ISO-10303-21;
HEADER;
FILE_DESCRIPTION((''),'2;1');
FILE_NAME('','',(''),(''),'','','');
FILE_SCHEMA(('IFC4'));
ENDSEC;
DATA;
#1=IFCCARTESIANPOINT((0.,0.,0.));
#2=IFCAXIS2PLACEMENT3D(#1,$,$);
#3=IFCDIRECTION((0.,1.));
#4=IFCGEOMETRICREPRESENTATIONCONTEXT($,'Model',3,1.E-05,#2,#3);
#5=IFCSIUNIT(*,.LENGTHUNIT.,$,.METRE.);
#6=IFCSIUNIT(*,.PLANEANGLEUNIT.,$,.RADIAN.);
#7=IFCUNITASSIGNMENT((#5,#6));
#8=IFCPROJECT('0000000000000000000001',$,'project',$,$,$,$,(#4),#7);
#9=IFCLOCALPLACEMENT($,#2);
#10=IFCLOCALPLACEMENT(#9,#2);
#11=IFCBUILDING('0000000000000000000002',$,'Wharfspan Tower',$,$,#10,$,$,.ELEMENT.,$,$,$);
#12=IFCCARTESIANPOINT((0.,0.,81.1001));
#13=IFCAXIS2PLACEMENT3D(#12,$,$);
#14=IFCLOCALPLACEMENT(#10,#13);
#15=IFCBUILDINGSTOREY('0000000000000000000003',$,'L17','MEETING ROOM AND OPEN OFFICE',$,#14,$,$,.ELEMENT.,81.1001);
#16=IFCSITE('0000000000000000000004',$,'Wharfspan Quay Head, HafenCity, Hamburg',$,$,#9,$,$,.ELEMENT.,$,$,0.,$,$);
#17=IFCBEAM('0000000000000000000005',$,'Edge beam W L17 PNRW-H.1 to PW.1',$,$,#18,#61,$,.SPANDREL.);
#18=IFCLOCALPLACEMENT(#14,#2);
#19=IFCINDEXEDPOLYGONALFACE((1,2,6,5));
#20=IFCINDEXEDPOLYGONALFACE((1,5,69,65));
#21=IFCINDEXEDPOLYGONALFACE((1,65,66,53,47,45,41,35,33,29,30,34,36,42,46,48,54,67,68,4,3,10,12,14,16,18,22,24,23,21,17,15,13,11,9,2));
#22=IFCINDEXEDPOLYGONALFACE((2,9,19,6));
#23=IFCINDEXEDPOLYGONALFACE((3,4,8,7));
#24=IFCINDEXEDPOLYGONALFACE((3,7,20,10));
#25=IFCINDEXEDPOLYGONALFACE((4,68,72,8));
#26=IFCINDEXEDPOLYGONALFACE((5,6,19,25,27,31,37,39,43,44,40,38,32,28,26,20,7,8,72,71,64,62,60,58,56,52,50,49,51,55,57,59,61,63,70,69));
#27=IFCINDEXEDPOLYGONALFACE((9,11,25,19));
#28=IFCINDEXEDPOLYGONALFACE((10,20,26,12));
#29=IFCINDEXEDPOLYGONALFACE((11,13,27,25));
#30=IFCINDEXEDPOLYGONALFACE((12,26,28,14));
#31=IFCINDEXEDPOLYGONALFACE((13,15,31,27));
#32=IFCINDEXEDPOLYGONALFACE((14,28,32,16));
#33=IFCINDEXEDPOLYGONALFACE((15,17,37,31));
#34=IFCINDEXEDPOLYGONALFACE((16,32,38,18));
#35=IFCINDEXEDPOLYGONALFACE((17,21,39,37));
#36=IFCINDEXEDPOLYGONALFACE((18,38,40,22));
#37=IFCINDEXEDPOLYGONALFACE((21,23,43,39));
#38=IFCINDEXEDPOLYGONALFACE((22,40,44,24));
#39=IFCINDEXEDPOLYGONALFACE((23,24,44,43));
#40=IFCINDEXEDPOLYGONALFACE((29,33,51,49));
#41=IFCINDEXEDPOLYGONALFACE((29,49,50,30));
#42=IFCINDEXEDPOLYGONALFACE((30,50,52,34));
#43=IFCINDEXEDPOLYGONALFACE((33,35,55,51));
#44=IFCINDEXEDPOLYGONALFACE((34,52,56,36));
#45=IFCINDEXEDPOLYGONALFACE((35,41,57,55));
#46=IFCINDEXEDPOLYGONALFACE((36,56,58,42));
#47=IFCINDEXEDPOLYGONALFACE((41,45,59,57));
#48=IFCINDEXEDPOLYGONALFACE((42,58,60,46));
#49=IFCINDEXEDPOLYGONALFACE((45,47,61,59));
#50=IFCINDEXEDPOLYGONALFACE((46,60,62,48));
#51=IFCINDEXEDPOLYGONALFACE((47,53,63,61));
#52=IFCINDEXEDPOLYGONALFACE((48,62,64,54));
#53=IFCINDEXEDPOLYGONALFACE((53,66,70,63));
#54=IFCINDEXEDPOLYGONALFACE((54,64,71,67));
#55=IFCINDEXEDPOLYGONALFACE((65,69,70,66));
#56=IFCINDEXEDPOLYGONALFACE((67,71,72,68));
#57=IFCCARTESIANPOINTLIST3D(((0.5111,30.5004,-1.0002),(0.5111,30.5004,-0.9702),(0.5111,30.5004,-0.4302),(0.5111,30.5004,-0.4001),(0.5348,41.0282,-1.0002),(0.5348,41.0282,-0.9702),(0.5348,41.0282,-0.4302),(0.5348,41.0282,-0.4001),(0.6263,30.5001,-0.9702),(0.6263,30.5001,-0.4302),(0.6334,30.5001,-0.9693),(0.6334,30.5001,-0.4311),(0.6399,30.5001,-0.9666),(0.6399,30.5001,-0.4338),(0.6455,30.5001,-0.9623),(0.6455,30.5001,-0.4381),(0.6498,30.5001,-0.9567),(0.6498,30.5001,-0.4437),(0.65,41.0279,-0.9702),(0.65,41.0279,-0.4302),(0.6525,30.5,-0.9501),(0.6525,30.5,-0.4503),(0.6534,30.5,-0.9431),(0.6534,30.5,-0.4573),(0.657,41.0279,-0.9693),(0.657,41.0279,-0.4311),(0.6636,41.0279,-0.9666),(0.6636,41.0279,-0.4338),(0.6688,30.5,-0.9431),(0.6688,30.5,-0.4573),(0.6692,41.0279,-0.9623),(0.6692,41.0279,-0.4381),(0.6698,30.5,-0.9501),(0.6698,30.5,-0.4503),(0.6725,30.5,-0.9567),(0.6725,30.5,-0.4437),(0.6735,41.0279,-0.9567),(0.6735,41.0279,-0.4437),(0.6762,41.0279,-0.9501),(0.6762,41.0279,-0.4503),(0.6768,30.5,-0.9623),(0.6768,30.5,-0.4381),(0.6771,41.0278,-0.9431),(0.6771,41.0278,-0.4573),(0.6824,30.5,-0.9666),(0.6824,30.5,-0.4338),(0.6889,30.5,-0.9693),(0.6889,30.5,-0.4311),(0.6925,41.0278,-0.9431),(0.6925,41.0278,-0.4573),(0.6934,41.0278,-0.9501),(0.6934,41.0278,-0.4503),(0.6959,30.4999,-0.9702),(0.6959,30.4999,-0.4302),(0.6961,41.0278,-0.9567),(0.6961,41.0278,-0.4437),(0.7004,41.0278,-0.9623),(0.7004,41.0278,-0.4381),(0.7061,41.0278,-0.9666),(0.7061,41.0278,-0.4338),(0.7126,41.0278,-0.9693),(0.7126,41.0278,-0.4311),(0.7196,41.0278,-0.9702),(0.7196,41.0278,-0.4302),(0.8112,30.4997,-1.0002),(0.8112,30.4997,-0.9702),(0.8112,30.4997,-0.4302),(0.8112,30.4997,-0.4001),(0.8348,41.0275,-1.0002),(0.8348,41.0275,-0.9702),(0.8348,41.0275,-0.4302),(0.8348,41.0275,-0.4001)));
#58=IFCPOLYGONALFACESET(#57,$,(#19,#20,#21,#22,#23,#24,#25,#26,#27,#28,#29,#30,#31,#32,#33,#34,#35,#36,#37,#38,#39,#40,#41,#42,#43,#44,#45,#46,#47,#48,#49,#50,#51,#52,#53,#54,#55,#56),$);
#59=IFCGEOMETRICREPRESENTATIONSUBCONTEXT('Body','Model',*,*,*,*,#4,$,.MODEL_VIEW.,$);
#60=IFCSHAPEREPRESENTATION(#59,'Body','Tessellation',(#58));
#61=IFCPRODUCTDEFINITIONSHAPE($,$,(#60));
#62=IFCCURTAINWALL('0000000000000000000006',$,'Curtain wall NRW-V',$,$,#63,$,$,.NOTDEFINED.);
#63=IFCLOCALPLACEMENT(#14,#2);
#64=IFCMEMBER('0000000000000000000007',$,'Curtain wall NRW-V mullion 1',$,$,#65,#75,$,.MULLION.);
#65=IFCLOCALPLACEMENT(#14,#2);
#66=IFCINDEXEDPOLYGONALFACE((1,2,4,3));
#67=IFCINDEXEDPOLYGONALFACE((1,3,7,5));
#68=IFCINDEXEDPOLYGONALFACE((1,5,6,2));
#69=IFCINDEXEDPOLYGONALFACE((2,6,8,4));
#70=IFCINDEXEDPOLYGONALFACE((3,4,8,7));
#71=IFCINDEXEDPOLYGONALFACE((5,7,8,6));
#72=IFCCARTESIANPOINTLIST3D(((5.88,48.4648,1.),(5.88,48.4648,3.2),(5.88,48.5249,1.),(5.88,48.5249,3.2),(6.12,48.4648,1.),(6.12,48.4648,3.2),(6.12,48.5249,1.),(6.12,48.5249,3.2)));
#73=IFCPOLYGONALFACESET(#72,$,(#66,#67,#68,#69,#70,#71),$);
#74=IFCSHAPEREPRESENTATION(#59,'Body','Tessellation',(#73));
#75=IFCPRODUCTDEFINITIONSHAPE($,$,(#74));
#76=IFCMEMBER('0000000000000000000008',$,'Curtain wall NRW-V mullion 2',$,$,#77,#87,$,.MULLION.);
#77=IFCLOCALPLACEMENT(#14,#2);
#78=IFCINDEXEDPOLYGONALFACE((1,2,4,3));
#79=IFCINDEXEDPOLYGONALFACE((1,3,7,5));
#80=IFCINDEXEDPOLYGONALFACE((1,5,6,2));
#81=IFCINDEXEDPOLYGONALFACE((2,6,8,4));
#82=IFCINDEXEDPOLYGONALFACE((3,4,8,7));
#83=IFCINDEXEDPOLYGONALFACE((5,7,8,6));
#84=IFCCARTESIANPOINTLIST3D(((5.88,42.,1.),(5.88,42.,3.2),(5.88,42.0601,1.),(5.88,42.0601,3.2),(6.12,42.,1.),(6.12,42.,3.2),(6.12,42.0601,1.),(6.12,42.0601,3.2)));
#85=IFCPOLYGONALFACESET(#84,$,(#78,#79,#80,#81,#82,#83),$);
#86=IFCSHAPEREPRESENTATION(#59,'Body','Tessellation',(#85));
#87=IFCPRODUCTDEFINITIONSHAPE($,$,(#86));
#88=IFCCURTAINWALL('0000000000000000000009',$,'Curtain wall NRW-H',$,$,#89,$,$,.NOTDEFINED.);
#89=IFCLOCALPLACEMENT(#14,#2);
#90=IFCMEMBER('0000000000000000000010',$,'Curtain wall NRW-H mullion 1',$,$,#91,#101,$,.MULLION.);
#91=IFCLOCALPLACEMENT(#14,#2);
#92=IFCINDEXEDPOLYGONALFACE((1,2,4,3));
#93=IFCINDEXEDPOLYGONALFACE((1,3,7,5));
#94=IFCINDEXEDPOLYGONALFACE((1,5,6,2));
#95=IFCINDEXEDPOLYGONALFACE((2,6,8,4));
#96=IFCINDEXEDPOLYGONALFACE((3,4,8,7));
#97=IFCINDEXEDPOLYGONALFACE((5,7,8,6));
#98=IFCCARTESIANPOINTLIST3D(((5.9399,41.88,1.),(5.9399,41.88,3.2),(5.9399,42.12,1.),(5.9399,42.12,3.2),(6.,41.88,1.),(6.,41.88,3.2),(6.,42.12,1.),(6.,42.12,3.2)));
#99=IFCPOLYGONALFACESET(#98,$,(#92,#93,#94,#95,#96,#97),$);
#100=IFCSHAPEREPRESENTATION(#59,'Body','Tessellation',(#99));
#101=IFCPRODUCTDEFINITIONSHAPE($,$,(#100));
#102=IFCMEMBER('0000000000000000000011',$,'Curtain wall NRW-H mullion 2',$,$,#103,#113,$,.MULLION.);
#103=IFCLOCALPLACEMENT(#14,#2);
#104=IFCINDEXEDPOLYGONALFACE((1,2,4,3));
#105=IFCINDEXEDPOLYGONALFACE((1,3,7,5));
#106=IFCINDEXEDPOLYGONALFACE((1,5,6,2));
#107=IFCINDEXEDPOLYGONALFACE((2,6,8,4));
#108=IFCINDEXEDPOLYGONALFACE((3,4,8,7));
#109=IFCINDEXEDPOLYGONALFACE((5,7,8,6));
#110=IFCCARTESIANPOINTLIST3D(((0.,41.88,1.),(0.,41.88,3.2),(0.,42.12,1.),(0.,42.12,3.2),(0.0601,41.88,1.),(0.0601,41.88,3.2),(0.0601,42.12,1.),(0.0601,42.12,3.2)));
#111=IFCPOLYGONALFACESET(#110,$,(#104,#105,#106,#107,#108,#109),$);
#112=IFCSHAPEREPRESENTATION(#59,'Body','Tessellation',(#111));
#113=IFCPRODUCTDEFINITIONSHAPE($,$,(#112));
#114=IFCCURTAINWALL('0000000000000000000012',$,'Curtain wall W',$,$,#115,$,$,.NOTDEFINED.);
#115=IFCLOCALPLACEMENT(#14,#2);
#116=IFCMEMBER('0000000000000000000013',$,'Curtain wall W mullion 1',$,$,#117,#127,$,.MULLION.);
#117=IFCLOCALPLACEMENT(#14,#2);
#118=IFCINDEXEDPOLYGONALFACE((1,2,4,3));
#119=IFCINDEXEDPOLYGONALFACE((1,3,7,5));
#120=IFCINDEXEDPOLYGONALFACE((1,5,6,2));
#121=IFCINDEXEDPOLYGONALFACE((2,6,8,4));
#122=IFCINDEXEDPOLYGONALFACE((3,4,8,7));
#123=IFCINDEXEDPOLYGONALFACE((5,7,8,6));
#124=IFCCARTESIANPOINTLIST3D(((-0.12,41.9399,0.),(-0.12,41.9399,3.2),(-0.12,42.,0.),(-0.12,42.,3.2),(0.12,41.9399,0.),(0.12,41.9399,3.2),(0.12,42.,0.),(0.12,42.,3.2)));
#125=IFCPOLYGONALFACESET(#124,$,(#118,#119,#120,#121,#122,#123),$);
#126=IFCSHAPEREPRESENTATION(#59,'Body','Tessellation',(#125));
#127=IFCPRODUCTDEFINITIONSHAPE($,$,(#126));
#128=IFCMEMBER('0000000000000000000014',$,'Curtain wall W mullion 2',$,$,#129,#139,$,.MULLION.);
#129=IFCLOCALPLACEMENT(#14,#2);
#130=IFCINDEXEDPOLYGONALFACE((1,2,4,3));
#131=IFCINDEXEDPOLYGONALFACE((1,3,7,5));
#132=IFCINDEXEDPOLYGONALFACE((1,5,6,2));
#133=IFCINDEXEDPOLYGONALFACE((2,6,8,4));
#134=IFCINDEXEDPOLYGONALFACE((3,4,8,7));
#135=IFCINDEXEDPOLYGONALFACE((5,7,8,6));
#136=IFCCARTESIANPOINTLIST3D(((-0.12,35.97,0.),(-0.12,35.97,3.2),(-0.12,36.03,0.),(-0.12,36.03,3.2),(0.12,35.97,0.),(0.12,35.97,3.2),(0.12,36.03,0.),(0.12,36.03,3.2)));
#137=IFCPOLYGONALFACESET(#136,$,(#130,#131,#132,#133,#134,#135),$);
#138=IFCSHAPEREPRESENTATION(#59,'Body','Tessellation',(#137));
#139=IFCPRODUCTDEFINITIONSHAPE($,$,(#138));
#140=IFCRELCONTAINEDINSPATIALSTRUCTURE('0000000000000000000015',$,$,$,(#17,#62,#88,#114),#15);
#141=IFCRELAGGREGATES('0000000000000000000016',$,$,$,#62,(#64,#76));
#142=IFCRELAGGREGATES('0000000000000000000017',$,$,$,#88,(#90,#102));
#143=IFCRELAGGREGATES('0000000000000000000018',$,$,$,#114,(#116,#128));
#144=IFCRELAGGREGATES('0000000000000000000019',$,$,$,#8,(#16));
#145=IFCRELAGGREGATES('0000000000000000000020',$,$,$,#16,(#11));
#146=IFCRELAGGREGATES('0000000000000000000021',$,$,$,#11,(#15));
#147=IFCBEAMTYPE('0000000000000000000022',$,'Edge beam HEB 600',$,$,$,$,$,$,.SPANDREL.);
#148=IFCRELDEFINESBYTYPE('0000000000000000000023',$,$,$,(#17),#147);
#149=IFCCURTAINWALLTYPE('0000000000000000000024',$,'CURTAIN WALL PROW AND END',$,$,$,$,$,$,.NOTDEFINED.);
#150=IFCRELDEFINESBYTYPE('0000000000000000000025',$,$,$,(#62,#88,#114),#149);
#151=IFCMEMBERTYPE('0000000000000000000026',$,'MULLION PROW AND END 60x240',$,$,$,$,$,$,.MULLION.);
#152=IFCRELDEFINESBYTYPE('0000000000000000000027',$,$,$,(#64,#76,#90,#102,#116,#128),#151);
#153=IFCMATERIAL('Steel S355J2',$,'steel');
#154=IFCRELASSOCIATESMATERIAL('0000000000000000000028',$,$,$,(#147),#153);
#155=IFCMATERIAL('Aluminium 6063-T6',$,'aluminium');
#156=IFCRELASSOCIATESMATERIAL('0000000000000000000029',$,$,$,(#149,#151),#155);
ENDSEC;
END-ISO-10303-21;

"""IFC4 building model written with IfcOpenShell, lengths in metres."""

from ifc_helpers import new_model, si_unit, direction, frame, origin, origin_2d, place, context, subcontext, project, spatial, rectangle, i_section, extrude, material, material_profile, profile_set, type_object, element, aggregate, save


model = new_model("IFC4")

# Units and contexts
model_context = context("Model", 3, precision=1e-05, world=origin(), true_north=direction((0.0, 1.0)))
body_context = subcontext(model_context, "Body", "Model", "MODEL_VIEW")
ifc_project = project(units=[si_unit("LENGTHUNIT", "METRE"), si_unit("PLANEANGLEUNIT", "RADIAN")], contexts=[model_context])

# Site, building, storey
site_placement = place(None, origin())
site = spatial("IfcSite", under=ifc_project, at=site_placement, Name="Wharfspan Quay Head, HafenCity, Hamburg", CompositionType="ELEMENT", RefElevation=0.0)
building_placement = place(site_placement, origin())
building = spatial("IfcBuilding", under=site, at=building_placement, Name="Wharfspan Tower", CompositionType="ELEMENT")
storey_placement = place(building_placement, frame((0.0, 0.0, 81.1001)))
storey = spatial("IfcBuildingStorey", under=building, at=storey_placement, Name="L17", Description="MEETING ROOM AND OPEN OFFICE", CompositionType="ELEMENT", Elevation=81.1001)

# Shared definitions
ifc_material_1 = material(Name="Steel S355J2", Category="steel")

# Beam
ifc_material_profile_1 = material_profile(ifc_material_1, i_section(OverallWidth=0.3, OverallDepth=0.6001, WebThickness=0.0154, FlangeThickness=0.03, FilletRadius=0.0271, at=origin_2d()))
ifc_profile_set_1 = profile_set([ifc_material_profile_1], Name="Steel S355J2")
beam_type = type_object("IfcBeamType", Name="Edge beam HEB 600", PredefinedType="SPANDREL", material=ifc_profile_set_1)
beam_placement = place(storey_placement, frame((0.6848, 41.0278, -0.7002), z_axis=(-0.002249, -0.999997, 0.0), x_axis=(0.999997, -0.002249, 0.0)))
element("IfcBeam", 1, at=beam_placement, inside=storey, type_object=beam_type, Name="Edge beam W L17 PNRW-H.1 to PW.1", PredefinedType="SPANDREL", context=body_context, shape_type="SweptSolid", body=[
    extrude(i_section(OverallWidth=0.3, OverallDepth=0.6001, WebThickness=0.0154, FlangeThickness=0.03, FilletRadius=0.0271, at=origin_2d()), origin(), (0.0, 0.0, 1.0), 10.5278),
])

# Curtain walls, members
ifc_material_2 = material(Name="Aluminium 6063-T6", Category="aluminium")
curtain_wall_type = type_object("IfcCurtainWallType", Name="CURTAIN WALL PROW AND END", PredefinedType="NOTDEFINED", material=ifc_material_2)
curtain_wall_1_placement = place(storey_placement, origin())
curtain_wall_1 = element("IfcCurtainWall", 2, at=curtain_wall_1_placement, inside=storey, type_object=curtain_wall_type, Name="Curtain wall NRW-V", PredefinedType="NOTDEFINED")
ifc_material_profile_2 = material_profile(ifc_material_2, rectangle(XDim=0.24, YDim=0.0601, at=origin_2d()))
ifc_profile_set_2 = profile_set([ifc_material_profile_2], Name="Aluminium 6063-T6")
member_type_1 = type_object("IfcMemberType", Name="MULLION PROW AND END 60x240", PredefinedType="MULLION", material=ifc_profile_set_2)
member_1_placement = place(storey_placement, frame((6.0, 48.4949, 1.0), z_axis=(0.0, 0.0, 1.0), x_axis=(1.0, 0.0, 0.0)))
member_1 = element("IfcMember", 3, at=member_1_placement, type_object=member_type_1, Name="Curtain wall NRW-V mullion 1", PredefinedType="MULLION", context=body_context, shape_type="SweptSolid", body=[
    extrude(rectangle(XDim=0.24, YDim=0.0601, at=origin_2d()), origin(), (0.0, 0.0, 1.0), 2.2),
])
member_2_placement = place(storey_placement, frame((6.0, 42.03, 1.0), z_axis=(0.0, 0.0, 1.0), x_axis=(1.0, 0.0, 0.0)))
member_2 = element("IfcMember", 4, at=member_2_placement, type_object=member_type_1, Name="Curtain wall NRW-V mullion 2", PredefinedType="MULLION", context=body_context, shape_type="SweptSolid", body=[
    extrude(rectangle(XDim=0.24, YDim=0.0601, at=origin_2d()), origin(), (0.0, 0.0, 1.0), 2.2),
])
curtain_wall_2_placement = place(storey_placement, origin())
curtain_wall_2 = element("IfcCurtainWall", 5, at=curtain_wall_2_placement, inside=storey, type_object=curtain_wall_type, Name="Curtain wall NRW-H", PredefinedType="NOTDEFINED")
member_3_placement = place(storey_placement, frame((5.97, 42.0, 1.0), z_axis=(0.0, 0.0, 1.0), x_axis=(0.0, -1.0, 0.0)))
member_3 = element("IfcMember", 6, at=member_3_placement, type_object=member_type_1, Name="Curtain wall NRW-H mullion 1", PredefinedType="MULLION", context=body_context, shape_type="SweptSolid", body=[
    extrude(rectangle(XDim=0.24, YDim=0.0601, at=origin_2d()), origin(), (0.0, 0.0, 1.0), 2.2),
])
member_4_placement = place(storey_placement, frame((0.03, 42.0, 1.0), z_axis=(0.0, 0.0, 1.0), x_axis=(0.0, -1.0, 0.0)))
member_4 = element("IfcMember", 7, at=member_4_placement, type_object=member_type_1, Name="Curtain wall NRW-H mullion 2", PredefinedType="MULLION", context=body_context, shape_type="SweptSolid", body=[
    extrude(rectangle(XDim=0.24, YDim=0.0601, at=origin_2d()), origin(), (0.0, 0.0, 1.0), 2.2),
])
curtain_wall_3_placement = place(storey_placement, origin())
curtain_wall_3 = element("IfcCurtainWall", 8, at=curtain_wall_3_placement, inside=storey, type_object=curtain_wall_type, Name="Curtain wall W", PredefinedType="NOTDEFINED")
member_5_placement = place(storey_placement, frame((0.0, 41.97, 0.0), z_axis=(0.0, 0.0, 1.0), x_axis=(1.0, 0.0, 0.0)))
member_5 = element("IfcMember", 9, at=member_5_placement, type_object=member_type_1, Name="Curtain wall W mullion 1", PredefinedType="MULLION", context=body_context, shape_type="SweptSolid", body=[
    extrude(rectangle(XDim=0.24, YDim=0.0601, at=origin_2d()), origin(), (0.0, 0.0, 1.0), 3.2),
])
member_6_placement = place(storey_placement, frame((0.0, 36.0, 0.0), z_axis=(0.0, 0.0, 1.0), x_axis=(1.0, 0.0, 0.0)))
member_6 = element("IfcMember", 10, at=member_6_placement, type_object=member_type_1, Name="Curtain wall W mullion 2", PredefinedType="MULLION", context=body_context, shape_type="SweptSolid", body=[
    extrude(rectangle(XDim=0.24, YDim=0.0601, at=origin_2d()), origin(), (0.0, 0.0, 1.0), 3.2),
])

aggregate(curtain_wall_1, [member_1, member_2])
aggregate(curtain_wall_2, [member_3, member_4])
aggregate(curtain_wall_3, [member_5, member_6])

save(model, "model.ifc")
